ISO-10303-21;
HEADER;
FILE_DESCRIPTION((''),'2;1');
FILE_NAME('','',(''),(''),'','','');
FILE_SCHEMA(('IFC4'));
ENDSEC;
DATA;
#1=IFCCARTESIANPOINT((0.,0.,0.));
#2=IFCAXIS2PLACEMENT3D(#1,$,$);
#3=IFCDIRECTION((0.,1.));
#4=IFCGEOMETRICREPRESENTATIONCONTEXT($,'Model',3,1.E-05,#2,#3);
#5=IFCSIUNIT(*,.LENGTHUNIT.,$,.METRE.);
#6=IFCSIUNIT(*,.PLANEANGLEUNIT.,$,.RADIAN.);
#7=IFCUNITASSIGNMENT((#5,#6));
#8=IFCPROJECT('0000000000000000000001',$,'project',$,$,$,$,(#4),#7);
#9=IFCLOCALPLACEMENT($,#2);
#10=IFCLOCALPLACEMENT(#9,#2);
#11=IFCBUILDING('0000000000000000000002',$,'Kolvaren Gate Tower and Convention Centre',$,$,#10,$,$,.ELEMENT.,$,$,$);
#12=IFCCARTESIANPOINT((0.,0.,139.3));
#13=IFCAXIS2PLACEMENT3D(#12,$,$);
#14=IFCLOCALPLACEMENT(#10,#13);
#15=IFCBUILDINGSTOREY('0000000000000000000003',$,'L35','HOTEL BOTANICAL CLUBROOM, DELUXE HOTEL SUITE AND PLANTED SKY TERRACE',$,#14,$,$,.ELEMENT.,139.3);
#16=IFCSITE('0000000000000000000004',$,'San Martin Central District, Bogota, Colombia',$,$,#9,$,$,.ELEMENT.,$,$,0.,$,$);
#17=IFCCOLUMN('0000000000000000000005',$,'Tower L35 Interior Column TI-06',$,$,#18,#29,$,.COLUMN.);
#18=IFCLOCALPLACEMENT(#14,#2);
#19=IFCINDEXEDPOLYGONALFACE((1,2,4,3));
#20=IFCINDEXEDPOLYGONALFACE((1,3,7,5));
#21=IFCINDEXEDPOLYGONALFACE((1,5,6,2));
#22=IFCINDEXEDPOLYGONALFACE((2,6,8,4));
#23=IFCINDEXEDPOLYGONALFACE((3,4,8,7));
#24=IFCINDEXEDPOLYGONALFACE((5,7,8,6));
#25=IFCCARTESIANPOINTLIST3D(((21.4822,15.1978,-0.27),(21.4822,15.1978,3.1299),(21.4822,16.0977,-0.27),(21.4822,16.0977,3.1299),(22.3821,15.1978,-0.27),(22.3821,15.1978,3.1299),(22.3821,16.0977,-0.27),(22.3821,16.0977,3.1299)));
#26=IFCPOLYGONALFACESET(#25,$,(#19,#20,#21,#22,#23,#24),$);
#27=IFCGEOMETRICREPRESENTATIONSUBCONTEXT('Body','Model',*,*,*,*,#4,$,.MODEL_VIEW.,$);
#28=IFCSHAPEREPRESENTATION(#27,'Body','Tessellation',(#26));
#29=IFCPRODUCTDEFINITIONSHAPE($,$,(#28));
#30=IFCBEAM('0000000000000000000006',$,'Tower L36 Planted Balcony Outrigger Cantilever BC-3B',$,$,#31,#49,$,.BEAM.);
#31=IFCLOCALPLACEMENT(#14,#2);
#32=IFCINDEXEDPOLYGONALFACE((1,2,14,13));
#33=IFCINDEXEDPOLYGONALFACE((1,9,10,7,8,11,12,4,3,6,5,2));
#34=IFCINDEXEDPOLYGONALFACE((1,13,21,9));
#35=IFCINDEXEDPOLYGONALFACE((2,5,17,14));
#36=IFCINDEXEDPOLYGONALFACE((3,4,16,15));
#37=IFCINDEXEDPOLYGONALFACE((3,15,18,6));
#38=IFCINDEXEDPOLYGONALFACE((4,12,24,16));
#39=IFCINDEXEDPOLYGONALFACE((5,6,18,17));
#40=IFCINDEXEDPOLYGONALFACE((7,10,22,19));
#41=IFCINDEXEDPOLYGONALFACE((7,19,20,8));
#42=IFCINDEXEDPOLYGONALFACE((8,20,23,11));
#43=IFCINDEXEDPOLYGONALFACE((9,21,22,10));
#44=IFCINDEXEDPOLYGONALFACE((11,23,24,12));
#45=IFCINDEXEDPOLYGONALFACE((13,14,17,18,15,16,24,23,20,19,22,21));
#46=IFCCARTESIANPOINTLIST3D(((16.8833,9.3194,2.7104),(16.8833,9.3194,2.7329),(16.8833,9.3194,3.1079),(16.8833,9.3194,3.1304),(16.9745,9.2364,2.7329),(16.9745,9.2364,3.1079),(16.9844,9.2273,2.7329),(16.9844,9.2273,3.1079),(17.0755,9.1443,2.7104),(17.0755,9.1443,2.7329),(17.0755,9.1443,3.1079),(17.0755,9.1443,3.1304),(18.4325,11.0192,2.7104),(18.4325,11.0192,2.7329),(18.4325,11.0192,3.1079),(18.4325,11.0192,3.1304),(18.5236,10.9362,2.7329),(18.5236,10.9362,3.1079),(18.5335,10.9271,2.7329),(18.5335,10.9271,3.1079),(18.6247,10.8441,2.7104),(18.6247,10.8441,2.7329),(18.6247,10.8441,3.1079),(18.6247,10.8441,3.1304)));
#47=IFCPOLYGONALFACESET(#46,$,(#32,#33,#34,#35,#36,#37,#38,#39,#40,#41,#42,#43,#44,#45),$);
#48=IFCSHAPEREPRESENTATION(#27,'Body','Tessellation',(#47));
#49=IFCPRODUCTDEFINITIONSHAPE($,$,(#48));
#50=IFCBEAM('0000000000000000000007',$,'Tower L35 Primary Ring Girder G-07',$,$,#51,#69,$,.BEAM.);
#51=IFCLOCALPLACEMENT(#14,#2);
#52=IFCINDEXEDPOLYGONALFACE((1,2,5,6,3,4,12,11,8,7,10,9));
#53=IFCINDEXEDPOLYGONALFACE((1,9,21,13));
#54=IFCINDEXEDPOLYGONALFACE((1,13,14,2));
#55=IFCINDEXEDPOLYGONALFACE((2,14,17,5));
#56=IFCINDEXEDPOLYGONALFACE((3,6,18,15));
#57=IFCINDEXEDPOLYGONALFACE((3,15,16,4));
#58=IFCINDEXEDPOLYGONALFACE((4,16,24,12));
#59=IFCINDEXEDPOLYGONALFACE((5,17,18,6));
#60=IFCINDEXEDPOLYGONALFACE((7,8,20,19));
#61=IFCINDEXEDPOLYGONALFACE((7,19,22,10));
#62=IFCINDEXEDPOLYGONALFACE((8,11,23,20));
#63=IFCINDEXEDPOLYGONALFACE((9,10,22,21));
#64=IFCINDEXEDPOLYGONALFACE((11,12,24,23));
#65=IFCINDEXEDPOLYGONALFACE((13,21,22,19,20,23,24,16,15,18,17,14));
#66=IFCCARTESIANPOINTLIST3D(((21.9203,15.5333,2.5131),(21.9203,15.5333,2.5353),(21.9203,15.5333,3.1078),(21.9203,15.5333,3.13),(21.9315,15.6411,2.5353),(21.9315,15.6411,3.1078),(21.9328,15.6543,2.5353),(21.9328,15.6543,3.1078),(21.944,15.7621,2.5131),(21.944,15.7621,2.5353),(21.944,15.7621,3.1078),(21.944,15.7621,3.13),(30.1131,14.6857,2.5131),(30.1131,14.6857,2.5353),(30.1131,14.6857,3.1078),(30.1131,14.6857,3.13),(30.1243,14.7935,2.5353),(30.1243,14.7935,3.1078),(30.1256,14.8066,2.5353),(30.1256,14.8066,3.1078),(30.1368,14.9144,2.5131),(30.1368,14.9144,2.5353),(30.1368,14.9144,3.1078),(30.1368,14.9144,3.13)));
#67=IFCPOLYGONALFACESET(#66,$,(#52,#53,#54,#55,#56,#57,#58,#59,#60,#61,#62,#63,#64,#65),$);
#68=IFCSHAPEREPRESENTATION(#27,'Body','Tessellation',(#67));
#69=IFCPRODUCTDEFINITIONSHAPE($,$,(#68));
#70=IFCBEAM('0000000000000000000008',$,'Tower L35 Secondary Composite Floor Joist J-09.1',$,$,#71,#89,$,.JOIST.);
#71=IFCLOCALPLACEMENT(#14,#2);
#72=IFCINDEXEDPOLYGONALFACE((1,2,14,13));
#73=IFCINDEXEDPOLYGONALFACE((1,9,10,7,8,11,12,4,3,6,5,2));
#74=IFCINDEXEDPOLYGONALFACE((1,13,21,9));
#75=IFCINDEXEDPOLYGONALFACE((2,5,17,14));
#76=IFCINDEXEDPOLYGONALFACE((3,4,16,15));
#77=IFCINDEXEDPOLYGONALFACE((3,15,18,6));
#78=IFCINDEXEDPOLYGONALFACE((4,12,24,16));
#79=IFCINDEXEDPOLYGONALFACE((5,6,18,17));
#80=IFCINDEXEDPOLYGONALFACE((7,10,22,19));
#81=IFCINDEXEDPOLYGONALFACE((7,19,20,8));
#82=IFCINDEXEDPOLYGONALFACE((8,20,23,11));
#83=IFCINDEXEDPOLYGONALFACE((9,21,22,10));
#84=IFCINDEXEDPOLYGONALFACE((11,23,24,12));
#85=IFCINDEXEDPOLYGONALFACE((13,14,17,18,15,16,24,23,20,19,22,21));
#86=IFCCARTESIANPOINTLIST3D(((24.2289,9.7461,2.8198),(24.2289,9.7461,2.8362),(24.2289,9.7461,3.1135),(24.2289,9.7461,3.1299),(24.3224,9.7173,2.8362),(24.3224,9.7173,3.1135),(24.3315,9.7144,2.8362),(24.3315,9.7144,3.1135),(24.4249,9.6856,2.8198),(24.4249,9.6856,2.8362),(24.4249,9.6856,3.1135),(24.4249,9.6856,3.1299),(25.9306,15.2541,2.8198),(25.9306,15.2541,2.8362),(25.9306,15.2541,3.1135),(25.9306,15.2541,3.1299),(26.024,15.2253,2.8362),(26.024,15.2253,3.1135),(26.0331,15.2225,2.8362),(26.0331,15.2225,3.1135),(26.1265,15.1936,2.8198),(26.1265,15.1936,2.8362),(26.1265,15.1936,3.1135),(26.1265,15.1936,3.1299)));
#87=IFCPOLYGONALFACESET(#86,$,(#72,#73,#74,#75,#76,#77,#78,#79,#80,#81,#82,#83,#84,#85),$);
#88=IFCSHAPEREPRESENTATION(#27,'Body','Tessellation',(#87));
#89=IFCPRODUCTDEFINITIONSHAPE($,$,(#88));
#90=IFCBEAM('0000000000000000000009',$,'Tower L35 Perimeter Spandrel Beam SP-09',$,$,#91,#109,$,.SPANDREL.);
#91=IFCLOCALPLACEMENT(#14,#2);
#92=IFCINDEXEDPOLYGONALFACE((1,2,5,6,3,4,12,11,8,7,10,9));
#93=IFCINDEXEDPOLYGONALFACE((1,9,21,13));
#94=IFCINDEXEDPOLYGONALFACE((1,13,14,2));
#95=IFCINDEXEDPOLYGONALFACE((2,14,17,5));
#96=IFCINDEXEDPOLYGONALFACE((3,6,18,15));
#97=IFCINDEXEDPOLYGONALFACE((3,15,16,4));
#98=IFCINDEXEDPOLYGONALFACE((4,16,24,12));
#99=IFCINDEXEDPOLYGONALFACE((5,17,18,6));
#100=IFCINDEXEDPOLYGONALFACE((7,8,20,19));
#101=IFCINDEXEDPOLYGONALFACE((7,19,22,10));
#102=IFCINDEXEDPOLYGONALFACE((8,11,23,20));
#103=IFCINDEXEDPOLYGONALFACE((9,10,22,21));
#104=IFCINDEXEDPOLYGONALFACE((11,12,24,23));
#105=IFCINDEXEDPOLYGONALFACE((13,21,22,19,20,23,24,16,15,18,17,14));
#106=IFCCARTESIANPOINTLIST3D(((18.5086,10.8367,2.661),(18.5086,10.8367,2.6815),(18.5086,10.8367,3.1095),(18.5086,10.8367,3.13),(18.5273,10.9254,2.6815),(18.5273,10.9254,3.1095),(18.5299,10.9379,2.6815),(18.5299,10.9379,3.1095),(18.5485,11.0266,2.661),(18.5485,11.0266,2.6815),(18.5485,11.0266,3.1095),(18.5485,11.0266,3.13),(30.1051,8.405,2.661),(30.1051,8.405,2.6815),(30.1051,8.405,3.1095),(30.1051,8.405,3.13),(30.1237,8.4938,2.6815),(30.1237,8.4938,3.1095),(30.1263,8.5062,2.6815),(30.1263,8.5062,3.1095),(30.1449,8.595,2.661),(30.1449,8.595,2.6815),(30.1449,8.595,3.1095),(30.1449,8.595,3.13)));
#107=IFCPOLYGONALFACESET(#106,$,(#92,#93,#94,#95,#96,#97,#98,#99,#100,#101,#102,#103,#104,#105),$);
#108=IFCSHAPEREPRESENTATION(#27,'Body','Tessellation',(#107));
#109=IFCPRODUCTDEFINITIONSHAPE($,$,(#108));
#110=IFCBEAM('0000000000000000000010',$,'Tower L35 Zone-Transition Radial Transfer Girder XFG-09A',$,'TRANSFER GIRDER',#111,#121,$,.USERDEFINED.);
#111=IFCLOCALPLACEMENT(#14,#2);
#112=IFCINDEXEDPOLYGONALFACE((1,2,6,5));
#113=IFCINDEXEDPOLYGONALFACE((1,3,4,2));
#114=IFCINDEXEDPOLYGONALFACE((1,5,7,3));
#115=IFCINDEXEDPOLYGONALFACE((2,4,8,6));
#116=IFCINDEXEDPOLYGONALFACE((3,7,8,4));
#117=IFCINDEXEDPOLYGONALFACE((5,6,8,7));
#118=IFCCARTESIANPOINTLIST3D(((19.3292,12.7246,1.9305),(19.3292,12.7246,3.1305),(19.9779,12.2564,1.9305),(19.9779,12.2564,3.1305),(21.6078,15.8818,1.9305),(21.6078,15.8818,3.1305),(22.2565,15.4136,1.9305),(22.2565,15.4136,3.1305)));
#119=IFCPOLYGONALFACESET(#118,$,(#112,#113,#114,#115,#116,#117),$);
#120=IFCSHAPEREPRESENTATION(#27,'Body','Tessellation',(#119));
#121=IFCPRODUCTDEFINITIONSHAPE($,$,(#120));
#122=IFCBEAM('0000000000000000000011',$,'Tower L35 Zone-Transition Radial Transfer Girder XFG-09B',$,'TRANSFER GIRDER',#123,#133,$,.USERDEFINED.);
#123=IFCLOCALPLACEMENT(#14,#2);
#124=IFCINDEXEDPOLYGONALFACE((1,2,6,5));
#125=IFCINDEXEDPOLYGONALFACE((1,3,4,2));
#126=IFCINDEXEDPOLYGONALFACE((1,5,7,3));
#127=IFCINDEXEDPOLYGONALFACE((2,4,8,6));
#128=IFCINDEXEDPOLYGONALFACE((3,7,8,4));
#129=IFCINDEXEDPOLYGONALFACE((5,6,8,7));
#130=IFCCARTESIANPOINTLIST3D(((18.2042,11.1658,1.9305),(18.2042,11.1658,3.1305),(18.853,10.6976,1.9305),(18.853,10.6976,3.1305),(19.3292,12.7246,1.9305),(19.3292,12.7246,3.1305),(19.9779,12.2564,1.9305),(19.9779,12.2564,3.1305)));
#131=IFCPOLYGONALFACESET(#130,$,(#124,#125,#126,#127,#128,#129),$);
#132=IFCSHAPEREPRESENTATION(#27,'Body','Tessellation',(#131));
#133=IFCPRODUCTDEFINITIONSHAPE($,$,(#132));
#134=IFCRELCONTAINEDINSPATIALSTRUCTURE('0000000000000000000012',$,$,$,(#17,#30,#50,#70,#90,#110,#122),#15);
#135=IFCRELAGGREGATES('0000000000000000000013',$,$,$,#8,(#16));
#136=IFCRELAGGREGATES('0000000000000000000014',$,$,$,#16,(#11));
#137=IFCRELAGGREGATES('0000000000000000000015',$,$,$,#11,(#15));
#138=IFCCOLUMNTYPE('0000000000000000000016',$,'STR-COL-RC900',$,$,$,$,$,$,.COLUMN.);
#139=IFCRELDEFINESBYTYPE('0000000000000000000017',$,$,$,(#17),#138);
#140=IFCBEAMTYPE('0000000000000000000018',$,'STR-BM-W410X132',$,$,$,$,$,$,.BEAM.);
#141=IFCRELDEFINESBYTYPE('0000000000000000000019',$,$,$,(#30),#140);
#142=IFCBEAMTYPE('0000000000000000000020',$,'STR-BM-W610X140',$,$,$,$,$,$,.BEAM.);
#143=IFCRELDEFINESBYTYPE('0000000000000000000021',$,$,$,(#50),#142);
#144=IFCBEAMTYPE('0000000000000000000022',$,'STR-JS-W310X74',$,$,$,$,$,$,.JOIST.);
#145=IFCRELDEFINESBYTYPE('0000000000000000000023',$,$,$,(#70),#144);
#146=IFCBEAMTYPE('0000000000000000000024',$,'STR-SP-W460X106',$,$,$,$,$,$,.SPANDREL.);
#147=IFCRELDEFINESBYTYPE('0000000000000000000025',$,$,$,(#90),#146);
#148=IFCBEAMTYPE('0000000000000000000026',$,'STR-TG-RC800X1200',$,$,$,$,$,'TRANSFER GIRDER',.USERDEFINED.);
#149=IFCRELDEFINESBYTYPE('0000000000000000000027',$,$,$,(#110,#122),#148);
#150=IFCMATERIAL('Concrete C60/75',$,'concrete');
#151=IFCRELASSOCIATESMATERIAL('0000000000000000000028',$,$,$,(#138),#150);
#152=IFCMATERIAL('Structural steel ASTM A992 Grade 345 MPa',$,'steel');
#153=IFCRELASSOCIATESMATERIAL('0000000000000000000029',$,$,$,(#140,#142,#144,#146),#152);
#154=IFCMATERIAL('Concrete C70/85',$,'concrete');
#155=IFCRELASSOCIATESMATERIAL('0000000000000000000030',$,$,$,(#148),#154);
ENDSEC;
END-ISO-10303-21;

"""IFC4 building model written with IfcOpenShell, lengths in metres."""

from ifc_helpers import new_model, si_unit, direction, frame, origin, origin_2d, place, context, subcontext, project, spatial, rectangle, i_section, extrude, material, material_profile, profile_set, type_object, element, save


model = new_model("IFC4")

# Units and contexts
model_context = context("Model", 3, precision=1e-05, world=origin(), true_north=direction((0.0, 1.0)))
body_context = subcontext(model_context, "Body", "Model", "MODEL_VIEW")
ifc_project = project(units=[si_unit("LENGTHUNIT", "METRE"), si_unit("PLANEANGLEUNIT", "RADIAN")], contexts=[model_context])

# Site, building, storey
site_placement = place(None, origin())
site = spatial("IfcSite", under=ifc_project, at=site_placement, Name="San Martin Central District, Bogota, Colombia", CompositionType="ELEMENT", RefElevation=0.0)
building_placement = place(site_placement, origin())
building = spatial("IfcBuilding", under=site, at=building_placement, Name="Kolvaren Gate Tower and Convention Centre", CompositionType="ELEMENT")
storey_placement = place(building_placement, frame((0.0, 0.0, 139.3)))
storey = spatial("IfcBuildingStorey", under=building, at=storey_placement, Name="L35", Description="HOTEL BOTANICAL CLUBROOM, DELUXE HOTEL SUITE AND PLANTED SKY TERRACE", CompositionType="ELEMENT", Elevation=139.3)

# Column
ifc_material_1 = material(Name="Concrete C60/75", Category="concrete")
ifc_material_profile_1 = material_profile(ifc_material_1, rectangle(XDim=0.8999, YDim=0.8999, at=origin_2d()), Name="RC-COL-900X900")
ifc_profile_set_1 = profile_set([ifc_material_profile_1], Name="Concrete C60/75")
column_type = type_object("IfcColumnType", Name="STR-COL-RC900", PredefinedType="COLUMN", material=ifc_profile_set_1)
column_placement = place(storey_placement, frame((21.9321, 15.6477, -0.27), z_axis=(0.0, 0.0, 1.0), x_axis=(1.0, 0.0, 0.0)))
element("IfcColumn", 1, at=column_placement, inside=storey, type_object=column_type, Name="Tower L35 Interior Column TI-06", PredefinedType="COLUMN", context=body_context, shape_type="SweptSolid", body=[
    extrude(rectangle(XDim=0.8999, YDim=0.8999, at=origin_2d()), origin(), (0.0, 0.0, 1.0), 3.3999),
])

# Beams
ifc_material_2 = material(Name="Structural steel ASTM A992 Grade 345 MPa", Category="steel")
ifc_material_profile_2 = material_profile(ifc_material_2, i_section(OverallWidth=0.26, OverallDepth=0.4199, WebThickness=0.0134, FlangeThickness=0.0225, at=origin_2d()), Name="W410X132")
ifc_profile_set_2 = profile_set([ifc_material_profile_2], Name="Structural steel ASTM A992 Grade 345 MPa")
beam_type_1 = type_object("IfcBeamType", Name="STR-BM-W410X132", PredefinedType="BEAM", material=ifc_profile_set_2)
beam_1_placement = place(storey_placement, frame((18.5286, 10.9316, 2.9204), z_axis=(-0.673597, -0.739099, 0.0), x_axis=(0.739099, -0.673597, 0.0)))
element("IfcBeam", 2, at=beam_1_placement, inside=storey, type_object=beam_type_1, Name="Tower L36 Planted Balcony Outrigger Cantilever BC-3B", PredefinedType="BEAM", context=body_context, shape_type="SweptSolid", body=[
    extrude(i_section(OverallWidth=0.26, OverallDepth=0.4199, WebThickness=0.0134, FlangeThickness=0.0225, at=origin_2d()), origin(), (0.0, 0.0, 1.0), 2.2998),
])
ifc_material_profile_3 = material_profile(ifc_material_2, i_section(OverallWidth=0.23, OverallDepth=0.6169, WebThickness=0.0132, FlangeThickness=0.0222, at=origin_2d()), Name="W610X140")
ifc_profile_set_3 = profile_set([ifc_material_profile_3], Name="Structural steel ASTM A992 Grade 345 MPa")
beam_type_2 = type_object("IfcBeamType", Name="STR-BM-W610X140", PredefinedType="BEAM", material=ifc_profile_set_3)
beam_2_placement = place(storey_placement, frame((21.9321, 15.6477, 2.8215), z_axis=(0.99469, -0.102913, 0.0), x_axis=(0.102913, 0.99469, 0.0)))
element("IfcBeam", 3, at=beam_2_placement, inside=storey, type_object=beam_type_2, Name="Tower L35 Primary Ring Girder G-07", PredefinedType="BEAM", context=body_context, shape_type="SweptSolid", body=[
    extrude(i_section(OverallWidth=0.23, OverallDepth=0.6169, WebThickness=0.0132, FlangeThickness=0.0222, at=origin_2d()), origin(), (0.0, 0.0, 1.0), 8.2366),
])
ifc_material_profile_4 = material_profile(ifc_material_2, i_section(OverallWidth=0.2051, OverallDepth=0.3101, WebThickness=0.0095, FlangeThickness=0.0164, at=origin_2d()), Name="W310X74")
ifc_profile_set_4 = profile_set([ifc_material_profile_4], Name="Structural steel ASTM A992 Grade 345 MPa")
beam_type_3 = type_object("IfcBeamType", Name="STR-JS-W310X74", PredefinedType="JOIST", material=ifc_profile_set_4)
beam_3_placement = place(storey_placement, frame((26.0286, 15.2239, 2.9749), z_axis=(-0.295175, -0.955443, 0.0), x_axis=(0.955443, -0.295175, 0.0)))
element("IfcBeam", 4, at=beam_3_placement, inside=storey, type_object=beam_type_3, Name="Tower L35 Secondary Composite Floor Joist J-09.1", PredefinedType="JOIST", context=body_context, shape_type="SweptSolid", body=[
    extrude(i_section(OverallWidth=0.2051, OverallDepth=0.3101, WebThickness=0.0095, FlangeThickness=0.0164, at=origin_2d()), origin(), (0.0, 0.0, 1.0), 5.7649),
])
ifc_material_profile_5 = material_profile(ifc_material_2, i_section(OverallWidth=0.1941, OverallDepth=0.469, WebThickness=0.0127, FlangeThickness=0.0205, at=origin_2d()), Name="W460X106")
ifc_profile_set_5 = profile_set([ifc_material_profile_5], Name="Structural steel ASTM A992 Grade 345 MPa")
beam_type_4 = type_object("IfcBeamType", Name="STR-SP-W460X106", PredefinedType="SPANDREL", material=ifc_profile_set_5)
beam_4_placement = place(storey_placement, frame((18.5286, 10.9316, 2.8955), z_axis=(0.978715, -0.205225, 0.0), x_axis=(0.205225, 0.978715, 0.0)))
element("IfcBeam", 5, at=beam_4_placement, inside=storey, type_object=beam_type_4, Name="Tower L35 Perimeter Spandrel Beam SP-09", PredefinedType="SPANDREL", context=body_context, shape_type="SweptSolid", body=[
    extrude(i_section(OverallWidth=0.1941, OverallDepth=0.469, WebThickness=0.0127, FlangeThickness=0.0205, at=origin_2d()), origin(), (0.0, 0.0, 1.0), 11.8486),
])
ifc_material_3 = material(Name="Concrete C70/85", Category="concrete")
ifc_material_profile_6 = material_profile(ifc_material_3, rectangle(XDim=0.8, YDim=1.2, at=origin_2d()), Name="RC-BM-800X1200")
ifc_profile_set_6 = profile_set([ifc_material_profile_6], Name="Concrete C70/85")
beam_type_5 = type_object("IfcBeamType", Name="STR-TG-RC800X1200", ElementType="TRANSFER GIRDER", PredefinedType="USERDEFINED", material=ifc_profile_set_6)
beam_5_placement = place(storey_placement, frame((21.9321, 15.6477, 2.5305), z_axis=(-0.585211, -0.810881, 0.0), x_axis=(0.810881, -0.585211, 0.0)))
element("IfcBeam", 6, at=beam_5_placement, inside=storey, type_object=beam_type_5, Name="Tower L35 Zone-Transition Radial Transfer Girder XFG-09A", ObjectType="TRANSFER GIRDER", PredefinedType="USERDEFINED", context=body_context, shape_type="SweptSolid", body=[
    extrude(rectangle(XDim=0.8, YDim=1.2, at=origin_2d()), origin(), (0.0, 0.0, 1.0), 3.8936),
])
beam_6_placement = place(storey_placement, frame((19.6536, 12.4905, 2.5305), z_axis=(-0.585208, -0.810883, 0.0), x_axis=(0.810883, -0.585208, 0.0)))
element("IfcBeam", 7, at=beam_6_placement, inside=storey, type_object=beam_type_5, Name="Tower L35 Zone-Transition Radial Transfer Girder XFG-09B", ObjectType="TRANSFER GIRDER", PredefinedType="USERDEFINED", context=body_context, shape_type="SweptSolid", body=[
    extrude(rectangle(XDim=0.8, YDim=1.2, at=origin_2d()), origin(), (0.0, 0.0, 1.0), 1.9224),
])

save(model, "model.ifc")
